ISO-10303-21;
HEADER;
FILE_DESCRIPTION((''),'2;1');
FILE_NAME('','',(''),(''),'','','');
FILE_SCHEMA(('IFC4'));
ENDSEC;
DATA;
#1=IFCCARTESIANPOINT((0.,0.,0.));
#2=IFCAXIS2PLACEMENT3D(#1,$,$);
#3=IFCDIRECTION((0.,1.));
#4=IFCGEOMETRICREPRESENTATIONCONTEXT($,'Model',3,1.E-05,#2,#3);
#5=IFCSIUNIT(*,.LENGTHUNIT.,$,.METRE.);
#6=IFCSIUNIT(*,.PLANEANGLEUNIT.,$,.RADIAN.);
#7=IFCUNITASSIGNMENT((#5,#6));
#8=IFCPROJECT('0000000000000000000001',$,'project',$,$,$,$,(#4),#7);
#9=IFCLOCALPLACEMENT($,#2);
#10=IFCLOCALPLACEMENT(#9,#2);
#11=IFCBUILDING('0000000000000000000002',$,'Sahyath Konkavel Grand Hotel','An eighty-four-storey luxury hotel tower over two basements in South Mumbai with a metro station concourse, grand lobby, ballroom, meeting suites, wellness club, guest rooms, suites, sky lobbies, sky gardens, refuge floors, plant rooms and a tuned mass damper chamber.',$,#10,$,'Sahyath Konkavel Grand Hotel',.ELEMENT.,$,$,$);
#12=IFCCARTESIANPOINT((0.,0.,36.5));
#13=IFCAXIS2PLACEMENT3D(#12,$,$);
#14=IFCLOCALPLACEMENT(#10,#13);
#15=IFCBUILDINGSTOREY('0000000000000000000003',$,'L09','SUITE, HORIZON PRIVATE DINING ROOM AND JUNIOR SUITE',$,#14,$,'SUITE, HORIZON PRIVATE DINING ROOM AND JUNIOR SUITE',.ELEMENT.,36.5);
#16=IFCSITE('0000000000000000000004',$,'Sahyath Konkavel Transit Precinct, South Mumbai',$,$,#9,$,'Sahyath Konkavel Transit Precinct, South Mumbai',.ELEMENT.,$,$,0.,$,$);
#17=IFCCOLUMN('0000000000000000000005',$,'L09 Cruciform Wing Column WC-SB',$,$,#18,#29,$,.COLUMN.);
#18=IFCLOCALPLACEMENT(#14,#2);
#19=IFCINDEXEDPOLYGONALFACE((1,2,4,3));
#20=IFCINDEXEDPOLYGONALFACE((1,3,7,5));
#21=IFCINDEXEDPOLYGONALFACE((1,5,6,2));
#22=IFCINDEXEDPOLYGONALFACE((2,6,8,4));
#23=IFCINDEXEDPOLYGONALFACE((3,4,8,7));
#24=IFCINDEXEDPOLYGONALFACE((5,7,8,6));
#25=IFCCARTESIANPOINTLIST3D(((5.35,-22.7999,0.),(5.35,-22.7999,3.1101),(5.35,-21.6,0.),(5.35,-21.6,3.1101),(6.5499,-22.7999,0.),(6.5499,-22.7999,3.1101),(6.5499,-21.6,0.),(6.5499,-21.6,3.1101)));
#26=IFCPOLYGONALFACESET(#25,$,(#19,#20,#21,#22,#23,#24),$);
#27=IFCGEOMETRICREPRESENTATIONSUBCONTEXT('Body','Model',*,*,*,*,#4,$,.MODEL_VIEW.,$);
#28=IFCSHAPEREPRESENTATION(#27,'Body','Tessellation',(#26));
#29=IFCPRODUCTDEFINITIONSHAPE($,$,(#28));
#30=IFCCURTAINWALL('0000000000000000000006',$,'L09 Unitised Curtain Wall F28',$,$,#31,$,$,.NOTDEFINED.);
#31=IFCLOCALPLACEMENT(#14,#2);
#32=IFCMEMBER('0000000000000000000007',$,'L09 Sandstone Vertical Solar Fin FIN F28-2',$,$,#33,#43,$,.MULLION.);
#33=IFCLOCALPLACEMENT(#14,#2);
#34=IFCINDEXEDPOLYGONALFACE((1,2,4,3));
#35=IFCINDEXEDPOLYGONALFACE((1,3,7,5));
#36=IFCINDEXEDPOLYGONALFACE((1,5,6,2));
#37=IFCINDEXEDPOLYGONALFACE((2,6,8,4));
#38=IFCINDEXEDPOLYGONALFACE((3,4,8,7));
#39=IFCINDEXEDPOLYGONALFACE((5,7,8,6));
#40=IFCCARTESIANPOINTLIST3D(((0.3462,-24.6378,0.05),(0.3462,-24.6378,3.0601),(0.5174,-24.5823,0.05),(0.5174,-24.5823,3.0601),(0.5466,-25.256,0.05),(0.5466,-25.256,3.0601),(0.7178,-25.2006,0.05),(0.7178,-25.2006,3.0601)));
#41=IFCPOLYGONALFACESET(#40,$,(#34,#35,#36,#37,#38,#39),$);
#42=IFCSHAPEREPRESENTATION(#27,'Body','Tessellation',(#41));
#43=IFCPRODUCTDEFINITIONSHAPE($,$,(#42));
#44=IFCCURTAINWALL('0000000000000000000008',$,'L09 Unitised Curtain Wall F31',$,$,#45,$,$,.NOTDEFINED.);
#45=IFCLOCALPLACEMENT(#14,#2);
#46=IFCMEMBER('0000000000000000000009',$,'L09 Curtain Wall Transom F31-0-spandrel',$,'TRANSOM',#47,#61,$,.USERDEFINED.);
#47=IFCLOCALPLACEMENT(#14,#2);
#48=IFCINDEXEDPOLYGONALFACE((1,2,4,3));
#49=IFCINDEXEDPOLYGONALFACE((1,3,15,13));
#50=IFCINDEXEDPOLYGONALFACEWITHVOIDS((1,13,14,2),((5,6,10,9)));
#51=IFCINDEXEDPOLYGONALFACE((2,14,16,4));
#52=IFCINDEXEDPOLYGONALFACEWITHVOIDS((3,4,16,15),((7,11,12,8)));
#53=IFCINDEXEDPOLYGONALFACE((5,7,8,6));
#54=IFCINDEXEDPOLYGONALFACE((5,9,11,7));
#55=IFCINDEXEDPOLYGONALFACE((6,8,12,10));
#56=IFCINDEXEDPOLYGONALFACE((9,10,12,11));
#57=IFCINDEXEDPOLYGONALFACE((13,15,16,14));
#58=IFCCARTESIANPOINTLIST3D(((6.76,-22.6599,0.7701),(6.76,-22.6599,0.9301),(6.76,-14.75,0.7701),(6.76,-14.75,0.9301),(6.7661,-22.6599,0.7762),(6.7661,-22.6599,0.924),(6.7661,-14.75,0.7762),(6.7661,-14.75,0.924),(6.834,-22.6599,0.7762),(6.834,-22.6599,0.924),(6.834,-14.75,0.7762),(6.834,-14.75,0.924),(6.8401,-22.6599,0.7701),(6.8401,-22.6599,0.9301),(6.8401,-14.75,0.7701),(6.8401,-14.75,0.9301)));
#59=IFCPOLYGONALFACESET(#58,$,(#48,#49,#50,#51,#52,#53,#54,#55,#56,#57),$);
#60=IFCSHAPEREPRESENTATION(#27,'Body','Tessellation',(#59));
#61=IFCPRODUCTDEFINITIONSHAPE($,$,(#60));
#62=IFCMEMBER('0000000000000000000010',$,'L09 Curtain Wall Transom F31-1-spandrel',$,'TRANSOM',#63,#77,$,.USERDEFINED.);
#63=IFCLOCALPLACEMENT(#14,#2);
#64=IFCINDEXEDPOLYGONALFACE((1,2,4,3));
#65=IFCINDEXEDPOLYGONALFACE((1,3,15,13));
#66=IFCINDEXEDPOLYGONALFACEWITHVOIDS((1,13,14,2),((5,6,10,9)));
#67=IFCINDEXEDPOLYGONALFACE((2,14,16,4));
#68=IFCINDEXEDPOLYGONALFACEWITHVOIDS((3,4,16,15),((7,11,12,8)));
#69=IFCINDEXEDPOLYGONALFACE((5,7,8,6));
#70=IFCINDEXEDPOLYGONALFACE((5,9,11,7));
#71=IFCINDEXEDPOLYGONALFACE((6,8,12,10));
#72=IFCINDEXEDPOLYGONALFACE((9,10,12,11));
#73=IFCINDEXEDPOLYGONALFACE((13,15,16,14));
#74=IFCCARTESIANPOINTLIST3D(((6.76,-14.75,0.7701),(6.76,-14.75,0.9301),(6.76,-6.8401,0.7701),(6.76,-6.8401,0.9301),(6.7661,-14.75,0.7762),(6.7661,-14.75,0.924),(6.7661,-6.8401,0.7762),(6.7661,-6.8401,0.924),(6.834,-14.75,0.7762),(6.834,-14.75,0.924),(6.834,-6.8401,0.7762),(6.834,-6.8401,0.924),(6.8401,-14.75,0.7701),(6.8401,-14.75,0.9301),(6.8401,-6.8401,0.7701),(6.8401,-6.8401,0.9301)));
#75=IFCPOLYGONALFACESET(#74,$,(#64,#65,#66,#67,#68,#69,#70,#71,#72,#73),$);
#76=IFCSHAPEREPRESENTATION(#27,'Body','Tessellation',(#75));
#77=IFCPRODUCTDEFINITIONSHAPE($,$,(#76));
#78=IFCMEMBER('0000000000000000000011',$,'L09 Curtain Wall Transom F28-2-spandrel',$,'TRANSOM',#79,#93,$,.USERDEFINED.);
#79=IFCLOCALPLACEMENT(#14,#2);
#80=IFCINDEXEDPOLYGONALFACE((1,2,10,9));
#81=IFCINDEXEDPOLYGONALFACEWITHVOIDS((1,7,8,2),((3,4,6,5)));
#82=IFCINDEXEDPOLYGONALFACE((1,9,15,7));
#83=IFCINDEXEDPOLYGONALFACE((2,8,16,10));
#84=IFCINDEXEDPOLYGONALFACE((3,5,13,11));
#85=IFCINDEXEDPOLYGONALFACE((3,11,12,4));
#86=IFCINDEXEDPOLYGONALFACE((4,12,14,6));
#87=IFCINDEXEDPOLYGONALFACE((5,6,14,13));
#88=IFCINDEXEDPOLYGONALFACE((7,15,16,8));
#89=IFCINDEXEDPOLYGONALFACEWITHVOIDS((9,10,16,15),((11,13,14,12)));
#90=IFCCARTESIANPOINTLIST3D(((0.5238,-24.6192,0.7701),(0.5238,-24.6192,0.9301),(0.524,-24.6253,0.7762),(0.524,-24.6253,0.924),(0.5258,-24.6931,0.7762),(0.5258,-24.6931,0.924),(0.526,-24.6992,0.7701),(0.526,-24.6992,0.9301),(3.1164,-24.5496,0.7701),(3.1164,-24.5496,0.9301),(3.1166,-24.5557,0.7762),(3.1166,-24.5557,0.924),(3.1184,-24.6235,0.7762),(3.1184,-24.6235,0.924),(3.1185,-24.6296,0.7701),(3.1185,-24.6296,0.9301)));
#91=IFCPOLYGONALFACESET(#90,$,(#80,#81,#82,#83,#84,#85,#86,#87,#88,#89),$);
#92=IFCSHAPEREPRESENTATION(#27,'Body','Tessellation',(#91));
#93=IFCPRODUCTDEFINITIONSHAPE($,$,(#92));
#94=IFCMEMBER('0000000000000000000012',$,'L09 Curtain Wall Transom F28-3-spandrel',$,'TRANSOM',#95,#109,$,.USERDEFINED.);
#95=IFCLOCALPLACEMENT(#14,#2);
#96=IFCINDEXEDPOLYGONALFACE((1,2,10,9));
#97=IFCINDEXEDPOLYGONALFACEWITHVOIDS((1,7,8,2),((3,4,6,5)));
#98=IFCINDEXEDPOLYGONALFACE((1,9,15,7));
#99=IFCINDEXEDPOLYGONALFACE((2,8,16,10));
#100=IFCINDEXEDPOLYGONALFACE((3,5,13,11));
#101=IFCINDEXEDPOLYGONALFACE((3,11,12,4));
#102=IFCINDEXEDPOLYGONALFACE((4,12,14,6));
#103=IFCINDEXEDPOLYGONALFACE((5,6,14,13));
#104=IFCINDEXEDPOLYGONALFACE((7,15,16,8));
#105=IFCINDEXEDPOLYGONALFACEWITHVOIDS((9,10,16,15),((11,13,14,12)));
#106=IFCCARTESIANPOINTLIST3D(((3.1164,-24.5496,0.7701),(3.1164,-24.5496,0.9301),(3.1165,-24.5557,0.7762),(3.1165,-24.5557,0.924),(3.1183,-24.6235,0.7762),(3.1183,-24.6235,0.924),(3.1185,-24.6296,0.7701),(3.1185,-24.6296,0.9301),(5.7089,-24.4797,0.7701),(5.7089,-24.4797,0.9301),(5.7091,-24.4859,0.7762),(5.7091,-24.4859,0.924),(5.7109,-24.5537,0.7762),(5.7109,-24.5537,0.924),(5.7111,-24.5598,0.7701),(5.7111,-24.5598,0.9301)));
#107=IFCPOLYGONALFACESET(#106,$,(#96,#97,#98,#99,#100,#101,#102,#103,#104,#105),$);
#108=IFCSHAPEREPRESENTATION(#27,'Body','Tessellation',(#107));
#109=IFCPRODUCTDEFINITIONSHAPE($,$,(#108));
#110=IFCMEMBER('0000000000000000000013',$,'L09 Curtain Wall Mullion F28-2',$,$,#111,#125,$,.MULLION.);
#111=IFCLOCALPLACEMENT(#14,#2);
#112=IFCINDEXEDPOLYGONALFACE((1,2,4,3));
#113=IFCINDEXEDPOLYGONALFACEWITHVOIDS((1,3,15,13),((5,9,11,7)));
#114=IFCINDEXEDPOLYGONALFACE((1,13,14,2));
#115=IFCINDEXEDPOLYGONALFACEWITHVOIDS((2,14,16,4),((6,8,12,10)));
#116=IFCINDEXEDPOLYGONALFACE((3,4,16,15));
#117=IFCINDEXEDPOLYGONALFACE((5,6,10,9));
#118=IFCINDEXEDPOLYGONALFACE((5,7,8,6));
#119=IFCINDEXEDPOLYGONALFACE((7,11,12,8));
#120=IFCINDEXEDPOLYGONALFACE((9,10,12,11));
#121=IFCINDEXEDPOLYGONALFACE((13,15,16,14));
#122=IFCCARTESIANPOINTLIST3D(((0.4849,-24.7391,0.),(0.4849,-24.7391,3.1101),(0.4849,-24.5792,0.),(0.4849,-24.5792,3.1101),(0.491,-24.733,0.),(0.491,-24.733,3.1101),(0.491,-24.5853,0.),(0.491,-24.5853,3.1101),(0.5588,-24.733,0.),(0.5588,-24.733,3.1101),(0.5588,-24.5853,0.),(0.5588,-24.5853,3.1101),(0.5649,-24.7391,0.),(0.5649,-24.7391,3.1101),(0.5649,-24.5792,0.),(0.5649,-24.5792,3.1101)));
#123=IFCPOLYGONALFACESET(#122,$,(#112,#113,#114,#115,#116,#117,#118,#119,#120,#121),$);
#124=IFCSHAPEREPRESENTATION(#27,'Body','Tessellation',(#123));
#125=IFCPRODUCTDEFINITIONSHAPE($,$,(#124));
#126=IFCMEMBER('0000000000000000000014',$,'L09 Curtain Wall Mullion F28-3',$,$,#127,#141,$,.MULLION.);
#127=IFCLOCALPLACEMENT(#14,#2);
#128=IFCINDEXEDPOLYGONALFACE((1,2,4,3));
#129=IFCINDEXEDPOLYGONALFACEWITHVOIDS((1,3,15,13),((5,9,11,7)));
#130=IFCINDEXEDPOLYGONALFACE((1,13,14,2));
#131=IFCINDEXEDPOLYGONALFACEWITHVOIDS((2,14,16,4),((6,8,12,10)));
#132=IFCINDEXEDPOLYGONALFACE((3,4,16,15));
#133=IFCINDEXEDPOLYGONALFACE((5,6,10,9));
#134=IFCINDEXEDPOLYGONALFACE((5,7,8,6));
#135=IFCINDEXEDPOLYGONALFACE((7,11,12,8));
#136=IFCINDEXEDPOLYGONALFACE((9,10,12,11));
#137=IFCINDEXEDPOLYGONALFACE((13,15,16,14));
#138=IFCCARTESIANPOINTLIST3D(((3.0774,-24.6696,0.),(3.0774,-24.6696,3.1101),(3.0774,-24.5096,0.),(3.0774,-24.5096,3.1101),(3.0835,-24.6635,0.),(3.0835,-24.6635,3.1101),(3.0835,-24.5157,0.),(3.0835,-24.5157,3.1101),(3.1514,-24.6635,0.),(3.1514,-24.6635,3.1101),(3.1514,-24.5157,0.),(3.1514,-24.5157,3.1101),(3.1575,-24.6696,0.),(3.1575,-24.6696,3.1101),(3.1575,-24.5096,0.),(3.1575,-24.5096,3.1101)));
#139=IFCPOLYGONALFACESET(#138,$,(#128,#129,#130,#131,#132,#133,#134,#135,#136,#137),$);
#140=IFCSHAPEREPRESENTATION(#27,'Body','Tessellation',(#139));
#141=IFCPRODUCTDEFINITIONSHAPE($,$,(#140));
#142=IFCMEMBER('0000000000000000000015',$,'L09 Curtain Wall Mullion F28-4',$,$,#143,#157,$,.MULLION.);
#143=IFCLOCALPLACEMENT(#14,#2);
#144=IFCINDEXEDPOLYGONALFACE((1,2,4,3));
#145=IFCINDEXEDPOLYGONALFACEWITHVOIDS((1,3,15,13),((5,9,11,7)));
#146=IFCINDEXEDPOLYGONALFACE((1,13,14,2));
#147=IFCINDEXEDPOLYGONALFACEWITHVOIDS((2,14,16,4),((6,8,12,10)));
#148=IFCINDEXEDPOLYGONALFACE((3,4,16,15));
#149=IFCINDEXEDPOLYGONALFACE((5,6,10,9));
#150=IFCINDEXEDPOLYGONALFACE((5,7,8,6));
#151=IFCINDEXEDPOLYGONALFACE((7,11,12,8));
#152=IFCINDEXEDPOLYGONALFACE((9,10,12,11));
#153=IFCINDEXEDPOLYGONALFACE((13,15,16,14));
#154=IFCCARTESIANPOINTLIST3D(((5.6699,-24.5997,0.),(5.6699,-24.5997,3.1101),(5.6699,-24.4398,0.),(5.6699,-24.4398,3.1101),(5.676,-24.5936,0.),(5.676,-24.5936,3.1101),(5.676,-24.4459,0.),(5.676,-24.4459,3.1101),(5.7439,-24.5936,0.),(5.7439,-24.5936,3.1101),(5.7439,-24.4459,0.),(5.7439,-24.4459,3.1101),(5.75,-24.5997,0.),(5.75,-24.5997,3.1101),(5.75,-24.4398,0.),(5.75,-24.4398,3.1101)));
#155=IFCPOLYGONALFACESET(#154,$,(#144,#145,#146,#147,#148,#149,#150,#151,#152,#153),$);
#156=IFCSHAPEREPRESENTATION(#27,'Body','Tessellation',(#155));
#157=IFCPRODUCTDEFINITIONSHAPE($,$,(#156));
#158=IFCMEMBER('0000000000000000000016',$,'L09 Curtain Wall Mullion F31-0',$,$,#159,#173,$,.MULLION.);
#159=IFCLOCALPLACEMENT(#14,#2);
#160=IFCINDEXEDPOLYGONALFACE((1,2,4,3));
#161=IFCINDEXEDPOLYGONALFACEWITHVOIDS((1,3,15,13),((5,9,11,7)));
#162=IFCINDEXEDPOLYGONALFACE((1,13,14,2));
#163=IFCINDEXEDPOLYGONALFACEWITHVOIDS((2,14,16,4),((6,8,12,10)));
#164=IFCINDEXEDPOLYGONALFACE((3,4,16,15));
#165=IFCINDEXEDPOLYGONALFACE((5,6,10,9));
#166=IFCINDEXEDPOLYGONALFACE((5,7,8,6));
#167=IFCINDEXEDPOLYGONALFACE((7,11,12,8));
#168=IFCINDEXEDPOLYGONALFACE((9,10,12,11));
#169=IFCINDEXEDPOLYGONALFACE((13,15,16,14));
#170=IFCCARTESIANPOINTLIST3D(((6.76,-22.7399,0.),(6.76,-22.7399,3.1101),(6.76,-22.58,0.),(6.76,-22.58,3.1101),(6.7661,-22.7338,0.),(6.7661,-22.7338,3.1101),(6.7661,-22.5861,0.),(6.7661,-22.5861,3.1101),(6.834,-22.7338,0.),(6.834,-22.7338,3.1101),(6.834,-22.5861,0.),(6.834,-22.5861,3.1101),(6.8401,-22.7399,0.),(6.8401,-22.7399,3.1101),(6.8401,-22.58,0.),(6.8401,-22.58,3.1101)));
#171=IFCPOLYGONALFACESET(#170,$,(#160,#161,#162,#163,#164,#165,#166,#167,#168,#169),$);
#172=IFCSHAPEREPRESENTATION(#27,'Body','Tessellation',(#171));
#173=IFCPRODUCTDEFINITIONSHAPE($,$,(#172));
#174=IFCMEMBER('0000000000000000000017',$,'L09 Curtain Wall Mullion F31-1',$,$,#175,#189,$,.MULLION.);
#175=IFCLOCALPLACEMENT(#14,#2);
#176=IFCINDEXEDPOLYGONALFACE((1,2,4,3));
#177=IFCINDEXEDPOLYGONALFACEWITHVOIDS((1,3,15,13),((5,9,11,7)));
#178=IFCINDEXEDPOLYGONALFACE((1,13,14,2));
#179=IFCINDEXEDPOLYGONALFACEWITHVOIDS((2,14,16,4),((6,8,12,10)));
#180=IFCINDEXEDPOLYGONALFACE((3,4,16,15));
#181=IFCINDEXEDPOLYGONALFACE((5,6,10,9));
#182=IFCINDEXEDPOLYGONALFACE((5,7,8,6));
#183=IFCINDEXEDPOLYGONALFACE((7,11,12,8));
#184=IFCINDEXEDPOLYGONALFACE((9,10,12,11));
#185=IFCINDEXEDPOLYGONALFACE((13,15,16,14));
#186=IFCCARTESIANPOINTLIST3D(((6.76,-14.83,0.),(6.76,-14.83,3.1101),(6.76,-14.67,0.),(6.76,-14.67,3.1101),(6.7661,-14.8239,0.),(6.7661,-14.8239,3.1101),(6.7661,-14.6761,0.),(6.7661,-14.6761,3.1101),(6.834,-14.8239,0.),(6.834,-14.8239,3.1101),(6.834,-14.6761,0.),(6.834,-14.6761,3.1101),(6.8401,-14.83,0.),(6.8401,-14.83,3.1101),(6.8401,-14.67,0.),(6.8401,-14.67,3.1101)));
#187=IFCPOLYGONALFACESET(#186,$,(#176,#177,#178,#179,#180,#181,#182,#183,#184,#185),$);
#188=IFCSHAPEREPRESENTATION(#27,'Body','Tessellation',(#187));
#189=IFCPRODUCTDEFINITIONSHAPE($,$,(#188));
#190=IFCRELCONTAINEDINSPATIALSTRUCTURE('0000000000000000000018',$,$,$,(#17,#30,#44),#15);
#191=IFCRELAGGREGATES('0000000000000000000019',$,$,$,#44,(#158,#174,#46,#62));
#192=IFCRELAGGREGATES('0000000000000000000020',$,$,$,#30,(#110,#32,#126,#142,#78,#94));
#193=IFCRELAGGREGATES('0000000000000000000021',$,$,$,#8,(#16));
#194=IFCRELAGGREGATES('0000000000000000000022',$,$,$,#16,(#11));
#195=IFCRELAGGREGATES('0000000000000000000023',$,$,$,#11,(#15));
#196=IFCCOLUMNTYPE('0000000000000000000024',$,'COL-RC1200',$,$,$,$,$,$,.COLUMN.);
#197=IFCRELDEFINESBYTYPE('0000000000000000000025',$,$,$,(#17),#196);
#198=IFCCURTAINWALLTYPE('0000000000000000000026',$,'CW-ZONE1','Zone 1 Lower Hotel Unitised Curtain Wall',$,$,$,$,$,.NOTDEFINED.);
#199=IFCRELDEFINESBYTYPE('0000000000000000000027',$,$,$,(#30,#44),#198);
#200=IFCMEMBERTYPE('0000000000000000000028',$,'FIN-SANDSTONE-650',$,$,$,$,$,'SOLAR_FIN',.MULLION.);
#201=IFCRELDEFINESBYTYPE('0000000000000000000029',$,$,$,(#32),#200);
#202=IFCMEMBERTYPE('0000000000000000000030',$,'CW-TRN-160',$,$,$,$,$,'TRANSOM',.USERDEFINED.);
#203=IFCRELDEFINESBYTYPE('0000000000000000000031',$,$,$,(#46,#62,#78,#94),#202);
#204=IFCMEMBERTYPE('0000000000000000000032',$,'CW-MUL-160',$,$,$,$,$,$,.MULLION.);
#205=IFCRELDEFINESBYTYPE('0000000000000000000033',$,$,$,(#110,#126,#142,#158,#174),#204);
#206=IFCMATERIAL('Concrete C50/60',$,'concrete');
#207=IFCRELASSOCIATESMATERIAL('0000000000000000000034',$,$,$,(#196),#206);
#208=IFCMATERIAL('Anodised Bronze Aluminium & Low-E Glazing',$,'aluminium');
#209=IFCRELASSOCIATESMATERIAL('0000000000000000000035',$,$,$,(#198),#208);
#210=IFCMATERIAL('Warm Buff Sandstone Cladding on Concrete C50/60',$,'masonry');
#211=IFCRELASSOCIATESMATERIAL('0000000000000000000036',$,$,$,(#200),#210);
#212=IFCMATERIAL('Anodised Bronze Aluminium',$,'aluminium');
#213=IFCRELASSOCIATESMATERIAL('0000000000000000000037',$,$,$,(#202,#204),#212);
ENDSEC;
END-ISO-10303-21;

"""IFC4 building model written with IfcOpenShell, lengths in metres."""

from ifc_helpers import new_model, si_unit, direction, frame, origin, origin_2d, place, context, subcontext, project, spatial, rectangle, hollow_rectangle, extrude, source, transform, mapped, material, material_profile, profile_set, type_object, element, aggregate, save


model = new_model("IFC4")

# Units and contexts
model_context = context("Model", 3, precision=1e-05, world=origin(), true_north=direction((0.0, 1.0)))
body_context = subcontext(model_context, "Body", "Model", "MODEL_VIEW")
ifc_project = project(units=[si_unit("LENGTHUNIT", "METRE"), si_unit("PLANEANGLEUNIT", "RADIAN")], contexts=[model_context])

# Site, building, storey
site_placement = place(None, origin())
site = spatial("IfcSite", under=ifc_project, at=site_placement, Name="Sahyath Konkavel Transit Precinct, South Mumbai", LongName="Sahyath Konkavel Transit Precinct, South Mumbai", CompositionType="ELEMENT", RefElevation=0.0)
building_placement = place(site_placement, origin())
building = spatial("IfcBuilding", under=site, at=building_placement, Name="Sahyath Konkavel Grand Hotel", Description="An eighty-four-storey luxury hotel tower over two basements in South Mumbai with a metro station concourse, grand lobby, ballroom, meeting suites, wellness club, guest rooms, suites, sky lobbies, sky gardens, refuge floors, plant rooms and a tuned mass damper chamber.", LongName="Sahyath Konkavel Grand Hotel", CompositionType="ELEMENT")
storey_placement = place(building_placement, frame((0.0, 0.0, 36.5)))
storey = spatial("IfcBuildingStorey", under=building, at=storey_placement, Name="L09", Description="SUITE, HORIZON PRIVATE DINING ROOM AND JUNIOR SUITE", LongName="SUITE, HORIZON PRIVATE DINING ROOM AND JUNIOR SUITE", CompositionType="ELEMENT", Elevation=36.5)

# Column
ifc_material_1 = material(Name="Concrete C50/60", Category="concrete")
ifc_material_profile_1 = material_profile(ifc_material_1, rectangle(XDim=1.2, YDim=1.2, at=origin_2d()), Name="RC 1200x1200")
ifc_profile_set_1 = profile_set([ifc_material_profile_1], Name="Concrete C50/60")
column_type = type_object("IfcColumnType", Name="COL-RC1200", PredefinedType="COLUMN", material=ifc_profile_set_1)
shared_shape_1 = source(origin(), body_context, "Body", "SweptSolid", [
    extrude(rectangle(XDim=1.2, YDim=1.2, at=origin_2d()), origin(), (0.0, 0.0, 1.0), 3.1101),
])
column_placement = place(storey_placement, frame((5.95, -22.2, 0.0), z_axis=(0.0, 0.0, 1.0), x_axis=(1.0, 0.0, 0.0)))
element("IfcColumn", 1, at=column_placement, inside=storey, type_object=column_type, Name="L09 Cruciform Wing Column WC-SB", PredefinedType="COLUMN", context=body_context, shape_type="MappedRepresentation", body=[
    mapped(shared_shape_1, transform((0.0, 0.0, 0.0), scale=1.0)),
])

# Curtain wall, member
ifc_material_2 = material(Name="Anodised Bronze Aluminium & Low-E Glazing", Category="aluminium")
curtain_wall_type = type_object("IfcCurtainWallType", Name="CW-ZONE1", Description="Zone 1 Lower Hotel Unitised Curtain Wall", PredefinedType="NOTDEFINED", material=ifc_material_2)
curtain_wall_1_placement = place(storey_placement, origin())
curtain_wall_1 = element("IfcCurtainWall", 2, at=curtain_wall_1_placement, inside=storey, type_object=curtain_wall_type, Name="L09 Unitised Curtain Wall F28", PredefinedType="NOTDEFINED")
ifc_material_3 = material(Name="Warm Buff Sandstone Cladding on Concrete C50/60", Category="masonry")
ifc_material_profile_2 = material_profile(ifc_material_3, rectangle(XDim=0.1799, YDim=0.6499, at=origin_2d()), Name="FIN 180x650")
ifc_profile_set_2 = profile_set([ifc_material_profile_2], Name="Warm Buff Sandstone Cladding on Concrete C50/60")
member_type_1 = type_object("IfcMemberType", Name="FIN-SANDSTONE-650", ElementType="SOLAR_FIN", PredefinedType="MULLION", material=ifc_profile_set_2)
shared_shape_2 = source(origin(), body_context, "Body", "SweptSolid", [
    extrude(rectangle(XDim=0.1799, YDim=0.6499, at=origin_2d()), origin(), (0.0, 0.0, 1.0), 3.01),
])
member_1_placement = place(storey_placement, frame((0.532, -24.9192, 0.05), z_axis=(0.0, 0.0, 1.0), x_axis=(0.951272, 0.308353, 0.0)))
member_1 = element("IfcMember", 3, at=member_1_placement, type_object=member_type_1, Name="L09 Sandstone Vertical Solar Fin FIN F28-2", PredefinedType="MULLION", context=body_context, shape_type="MappedRepresentation", body=[
    mapped(shared_shape_2, transform((0.0, 0.0, 0.0), scale=1.0)),
])

# Curtain wall, members
curtain_wall_2_placement = place(storey_placement, origin())
curtain_wall_2 = element("IfcCurtainWall", 4, at=curtain_wall_2_placement, inside=storey, type_object=curtain_wall_type, Name="L09 Unitised Curtain Wall F31", PredefinedType="NOTDEFINED")
ifc_material_4 = material(Name="Anodised Bronze Aluminium", Category="aluminium")
ifc_material_profile_3 = material_profile(ifc_material_4, hollow_rectangle(XDim=0.0801, YDim=0.1599, WallThickness=0.0061, at=origin_2d()), Name="RHS 160x80x6")
ifc_profile_set_3 = profile_set([ifc_material_profile_3], Name="Anodised Bronze Aluminium")
member_type_2 = type_object("IfcMemberType", Name="CW-TRN-160", ElementType="TRANSOM", PredefinedType="USERDEFINED", material=ifc_profile_set_3)
shared_shape_3 = source(origin(), body_context, "Body", "SweptSolid", [
    extrude(hollow_rectangle(XDim=0.0801, YDim=0.1599, WallThickness=0.0061, at=origin_2d()), origin(), (0.0, 0.0, 1.0), 7.9099),
])
member_2_placement = place(storey_placement, frame((6.8, -22.6599, 0.8501), z_axis=(0.0, 1.0, 0.0), x_axis=(-1.0, 0.0, 0.0)))
member_2 = element("IfcMember", 5, at=member_2_placement, type_object=member_type_2, Name="L09 Curtain Wall Transom F31-0-spandrel", ObjectType="TRANSOM", PredefinedType="USERDEFINED", context=body_context, shape_type="MappedRepresentation", body=[
    mapped(shared_shape_3, transform((0.0, 0.0, 0.0), scale=1.0)),
])
member_3_placement = place(storey_placement, frame((6.8, -14.75, 0.8501), z_axis=(0.0, 1.0, 0.0), x_axis=(-1.0, 0.0, 0.0)))
member_3 = element("IfcMember", 6, at=member_3_placement, type_object=member_type_2, Name="L09 Curtain Wall Transom F31-1-spandrel", ObjectType="TRANSOM", PredefinedType="USERDEFINED", context=body_context, shape_type="MappedRepresentation", body=[
    mapped(shared_shape_3, transform((0.0, 0.0, 0.0), scale=1.0)),
])

# Members
shared_shape_4 = source(origin(), body_context, "Body", "SweptSolid", [
    extrude(hollow_rectangle(XDim=0.0801, YDim=0.1599, WallThickness=0.0061, at=origin_2d()), origin(), (0.0, 0.0, 1.0), 2.5935),
])
member_4_placement = place(storey_placement, frame((0.5249, -24.6592, 0.8501), z_axis=(0.99964, 0.026829, 0.0), x_axis=(-0.026829, 0.99964, 0.0)))
member_4 = element("IfcMember", 7, at=member_4_placement, type_object=member_type_2, Name="L09 Curtain Wall Transom F28-2-spandrel", ObjectType="TRANSOM", PredefinedType="USERDEFINED", context=body_context, shape_type="MappedRepresentation", body=[
    mapped(shared_shape_4, transform((0.0, 0.0, 0.0), scale=1.0)),
])
member_5_placement = place(storey_placement, frame((3.1174, -24.5896, 0.8501), z_axis=(0.999638, 0.026923, 0.0), x_axis=(-0.026923, 0.999638, 0.0)))
member_5 = element("IfcMember", 8, at=member_5_placement, type_object=member_type_2, Name="L09 Curtain Wall Transom F28-3-spandrel", ObjectType="TRANSOM", PredefinedType="USERDEFINED", context=body_context, shape_type="MappedRepresentation", body=[
    mapped(shared_shape_4, transform((0.0, 0.0, 0.0), scale=1.0)),
])
ifc_material_profile_4 = material_profile(ifc_material_4, hollow_rectangle(XDim=0.0801, YDim=0.1599, WallThickness=0.0061, at=origin_2d()), Name="RHS 160x80x6")
ifc_profile_set_4 = profile_set([ifc_material_profile_4], Name="Anodised Bronze Aluminium")
member_type_3 = type_object("IfcMemberType", Name="CW-MUL-160", PredefinedType="MULLION", material=ifc_profile_set_4)
shared_shape_5 = source(origin(), body_context, "Body", "SweptSolid", [
    extrude(hollow_rectangle(XDim=0.0801, YDim=0.1599, WallThickness=0.0061, at=origin_2d()), origin(), (0.0, 0.0, 1.0), 3.1101),
])
member_6_placement = place(storey_placement, frame((0.5249, -24.6592, 0.0), z_axis=(0.0, 0.0, 1.0), x_axis=(1.0, 0.0, 0.0)))
member_6 = element("IfcMember", 9, at=member_6_placement, type_object=member_type_3, Name="L09 Curtain Wall Mullion F28-2", PredefinedType="MULLION", context=body_context, shape_type="MappedRepresentation", body=[
    mapped(shared_shape_5, transform((0.0, 0.0, 0.0), scale=1.0)),
])
member_7_placement = place(storey_placement, frame((3.1174, -24.5896, 0.0), z_axis=(0.0, 0.0, 1.0), x_axis=(1.0, 0.0, 0.0)))
member_7 = element("IfcMember", 10, at=member_7_placement, type_object=member_type_3, Name="L09 Curtain Wall Mullion F28-3", PredefinedType="MULLION", context=body_context, shape_type="MappedRepresentation", body=[
    mapped(shared_shape_5, transform((0.0, 0.0, 0.0), scale=1.0)),
])
member_8_placement = place(storey_placement, frame((5.71, -24.5198, 0.0), z_axis=(0.0, 0.0, 1.0), x_axis=(1.0, 0.0, 0.0)))
member_8 = element("IfcMember", 11, at=member_8_placement, type_object=member_type_3, Name="L09 Curtain Wall Mullion F28-4", PredefinedType="MULLION", context=body_context, shape_type="MappedRepresentation", body=[
    mapped(shared_shape_5, transform((0.0, 0.0, 0.0), scale=1.0)),
])
member_9_placement = place(storey_placement, frame((6.8, -22.6599, 0.0), z_axis=(0.0, 0.0, 1.0), x_axis=(1.0, 0.0, 0.0)))
member_9 = element("IfcMember", 12, at=member_9_placement, type_object=member_type_3, Name="L09 Curtain Wall Mullion F31-0", PredefinedType="MULLION", context=body_context, shape_type="MappedRepresentation", body=[
    mapped(shared_shape_5, transform((0.0, 0.0, 0.0), scale=1.0)),
])
member_10_placement = place(storey_placement, frame((6.8, -14.75, 0.0), z_axis=(0.0, 0.0, 1.0), x_axis=(1.0, 0.0, 0.0)))
member_10 = element("IfcMember", 13, at=member_10_placement, type_object=member_type_3, Name="L09 Curtain Wall Mullion F31-1", PredefinedType="MULLION", context=body_context, shape_type="MappedRepresentation", body=[
    mapped(shared_shape_5, transform((0.0, 0.0, 0.0), scale=1.0)),
])

aggregate(curtain_wall_2, [member_9, member_10, member_2, member_3])
aggregate(curtain_wall_1, [member_6, member_1, member_7, member_8, member_4, member_5])

save(model, "model.ifc")
